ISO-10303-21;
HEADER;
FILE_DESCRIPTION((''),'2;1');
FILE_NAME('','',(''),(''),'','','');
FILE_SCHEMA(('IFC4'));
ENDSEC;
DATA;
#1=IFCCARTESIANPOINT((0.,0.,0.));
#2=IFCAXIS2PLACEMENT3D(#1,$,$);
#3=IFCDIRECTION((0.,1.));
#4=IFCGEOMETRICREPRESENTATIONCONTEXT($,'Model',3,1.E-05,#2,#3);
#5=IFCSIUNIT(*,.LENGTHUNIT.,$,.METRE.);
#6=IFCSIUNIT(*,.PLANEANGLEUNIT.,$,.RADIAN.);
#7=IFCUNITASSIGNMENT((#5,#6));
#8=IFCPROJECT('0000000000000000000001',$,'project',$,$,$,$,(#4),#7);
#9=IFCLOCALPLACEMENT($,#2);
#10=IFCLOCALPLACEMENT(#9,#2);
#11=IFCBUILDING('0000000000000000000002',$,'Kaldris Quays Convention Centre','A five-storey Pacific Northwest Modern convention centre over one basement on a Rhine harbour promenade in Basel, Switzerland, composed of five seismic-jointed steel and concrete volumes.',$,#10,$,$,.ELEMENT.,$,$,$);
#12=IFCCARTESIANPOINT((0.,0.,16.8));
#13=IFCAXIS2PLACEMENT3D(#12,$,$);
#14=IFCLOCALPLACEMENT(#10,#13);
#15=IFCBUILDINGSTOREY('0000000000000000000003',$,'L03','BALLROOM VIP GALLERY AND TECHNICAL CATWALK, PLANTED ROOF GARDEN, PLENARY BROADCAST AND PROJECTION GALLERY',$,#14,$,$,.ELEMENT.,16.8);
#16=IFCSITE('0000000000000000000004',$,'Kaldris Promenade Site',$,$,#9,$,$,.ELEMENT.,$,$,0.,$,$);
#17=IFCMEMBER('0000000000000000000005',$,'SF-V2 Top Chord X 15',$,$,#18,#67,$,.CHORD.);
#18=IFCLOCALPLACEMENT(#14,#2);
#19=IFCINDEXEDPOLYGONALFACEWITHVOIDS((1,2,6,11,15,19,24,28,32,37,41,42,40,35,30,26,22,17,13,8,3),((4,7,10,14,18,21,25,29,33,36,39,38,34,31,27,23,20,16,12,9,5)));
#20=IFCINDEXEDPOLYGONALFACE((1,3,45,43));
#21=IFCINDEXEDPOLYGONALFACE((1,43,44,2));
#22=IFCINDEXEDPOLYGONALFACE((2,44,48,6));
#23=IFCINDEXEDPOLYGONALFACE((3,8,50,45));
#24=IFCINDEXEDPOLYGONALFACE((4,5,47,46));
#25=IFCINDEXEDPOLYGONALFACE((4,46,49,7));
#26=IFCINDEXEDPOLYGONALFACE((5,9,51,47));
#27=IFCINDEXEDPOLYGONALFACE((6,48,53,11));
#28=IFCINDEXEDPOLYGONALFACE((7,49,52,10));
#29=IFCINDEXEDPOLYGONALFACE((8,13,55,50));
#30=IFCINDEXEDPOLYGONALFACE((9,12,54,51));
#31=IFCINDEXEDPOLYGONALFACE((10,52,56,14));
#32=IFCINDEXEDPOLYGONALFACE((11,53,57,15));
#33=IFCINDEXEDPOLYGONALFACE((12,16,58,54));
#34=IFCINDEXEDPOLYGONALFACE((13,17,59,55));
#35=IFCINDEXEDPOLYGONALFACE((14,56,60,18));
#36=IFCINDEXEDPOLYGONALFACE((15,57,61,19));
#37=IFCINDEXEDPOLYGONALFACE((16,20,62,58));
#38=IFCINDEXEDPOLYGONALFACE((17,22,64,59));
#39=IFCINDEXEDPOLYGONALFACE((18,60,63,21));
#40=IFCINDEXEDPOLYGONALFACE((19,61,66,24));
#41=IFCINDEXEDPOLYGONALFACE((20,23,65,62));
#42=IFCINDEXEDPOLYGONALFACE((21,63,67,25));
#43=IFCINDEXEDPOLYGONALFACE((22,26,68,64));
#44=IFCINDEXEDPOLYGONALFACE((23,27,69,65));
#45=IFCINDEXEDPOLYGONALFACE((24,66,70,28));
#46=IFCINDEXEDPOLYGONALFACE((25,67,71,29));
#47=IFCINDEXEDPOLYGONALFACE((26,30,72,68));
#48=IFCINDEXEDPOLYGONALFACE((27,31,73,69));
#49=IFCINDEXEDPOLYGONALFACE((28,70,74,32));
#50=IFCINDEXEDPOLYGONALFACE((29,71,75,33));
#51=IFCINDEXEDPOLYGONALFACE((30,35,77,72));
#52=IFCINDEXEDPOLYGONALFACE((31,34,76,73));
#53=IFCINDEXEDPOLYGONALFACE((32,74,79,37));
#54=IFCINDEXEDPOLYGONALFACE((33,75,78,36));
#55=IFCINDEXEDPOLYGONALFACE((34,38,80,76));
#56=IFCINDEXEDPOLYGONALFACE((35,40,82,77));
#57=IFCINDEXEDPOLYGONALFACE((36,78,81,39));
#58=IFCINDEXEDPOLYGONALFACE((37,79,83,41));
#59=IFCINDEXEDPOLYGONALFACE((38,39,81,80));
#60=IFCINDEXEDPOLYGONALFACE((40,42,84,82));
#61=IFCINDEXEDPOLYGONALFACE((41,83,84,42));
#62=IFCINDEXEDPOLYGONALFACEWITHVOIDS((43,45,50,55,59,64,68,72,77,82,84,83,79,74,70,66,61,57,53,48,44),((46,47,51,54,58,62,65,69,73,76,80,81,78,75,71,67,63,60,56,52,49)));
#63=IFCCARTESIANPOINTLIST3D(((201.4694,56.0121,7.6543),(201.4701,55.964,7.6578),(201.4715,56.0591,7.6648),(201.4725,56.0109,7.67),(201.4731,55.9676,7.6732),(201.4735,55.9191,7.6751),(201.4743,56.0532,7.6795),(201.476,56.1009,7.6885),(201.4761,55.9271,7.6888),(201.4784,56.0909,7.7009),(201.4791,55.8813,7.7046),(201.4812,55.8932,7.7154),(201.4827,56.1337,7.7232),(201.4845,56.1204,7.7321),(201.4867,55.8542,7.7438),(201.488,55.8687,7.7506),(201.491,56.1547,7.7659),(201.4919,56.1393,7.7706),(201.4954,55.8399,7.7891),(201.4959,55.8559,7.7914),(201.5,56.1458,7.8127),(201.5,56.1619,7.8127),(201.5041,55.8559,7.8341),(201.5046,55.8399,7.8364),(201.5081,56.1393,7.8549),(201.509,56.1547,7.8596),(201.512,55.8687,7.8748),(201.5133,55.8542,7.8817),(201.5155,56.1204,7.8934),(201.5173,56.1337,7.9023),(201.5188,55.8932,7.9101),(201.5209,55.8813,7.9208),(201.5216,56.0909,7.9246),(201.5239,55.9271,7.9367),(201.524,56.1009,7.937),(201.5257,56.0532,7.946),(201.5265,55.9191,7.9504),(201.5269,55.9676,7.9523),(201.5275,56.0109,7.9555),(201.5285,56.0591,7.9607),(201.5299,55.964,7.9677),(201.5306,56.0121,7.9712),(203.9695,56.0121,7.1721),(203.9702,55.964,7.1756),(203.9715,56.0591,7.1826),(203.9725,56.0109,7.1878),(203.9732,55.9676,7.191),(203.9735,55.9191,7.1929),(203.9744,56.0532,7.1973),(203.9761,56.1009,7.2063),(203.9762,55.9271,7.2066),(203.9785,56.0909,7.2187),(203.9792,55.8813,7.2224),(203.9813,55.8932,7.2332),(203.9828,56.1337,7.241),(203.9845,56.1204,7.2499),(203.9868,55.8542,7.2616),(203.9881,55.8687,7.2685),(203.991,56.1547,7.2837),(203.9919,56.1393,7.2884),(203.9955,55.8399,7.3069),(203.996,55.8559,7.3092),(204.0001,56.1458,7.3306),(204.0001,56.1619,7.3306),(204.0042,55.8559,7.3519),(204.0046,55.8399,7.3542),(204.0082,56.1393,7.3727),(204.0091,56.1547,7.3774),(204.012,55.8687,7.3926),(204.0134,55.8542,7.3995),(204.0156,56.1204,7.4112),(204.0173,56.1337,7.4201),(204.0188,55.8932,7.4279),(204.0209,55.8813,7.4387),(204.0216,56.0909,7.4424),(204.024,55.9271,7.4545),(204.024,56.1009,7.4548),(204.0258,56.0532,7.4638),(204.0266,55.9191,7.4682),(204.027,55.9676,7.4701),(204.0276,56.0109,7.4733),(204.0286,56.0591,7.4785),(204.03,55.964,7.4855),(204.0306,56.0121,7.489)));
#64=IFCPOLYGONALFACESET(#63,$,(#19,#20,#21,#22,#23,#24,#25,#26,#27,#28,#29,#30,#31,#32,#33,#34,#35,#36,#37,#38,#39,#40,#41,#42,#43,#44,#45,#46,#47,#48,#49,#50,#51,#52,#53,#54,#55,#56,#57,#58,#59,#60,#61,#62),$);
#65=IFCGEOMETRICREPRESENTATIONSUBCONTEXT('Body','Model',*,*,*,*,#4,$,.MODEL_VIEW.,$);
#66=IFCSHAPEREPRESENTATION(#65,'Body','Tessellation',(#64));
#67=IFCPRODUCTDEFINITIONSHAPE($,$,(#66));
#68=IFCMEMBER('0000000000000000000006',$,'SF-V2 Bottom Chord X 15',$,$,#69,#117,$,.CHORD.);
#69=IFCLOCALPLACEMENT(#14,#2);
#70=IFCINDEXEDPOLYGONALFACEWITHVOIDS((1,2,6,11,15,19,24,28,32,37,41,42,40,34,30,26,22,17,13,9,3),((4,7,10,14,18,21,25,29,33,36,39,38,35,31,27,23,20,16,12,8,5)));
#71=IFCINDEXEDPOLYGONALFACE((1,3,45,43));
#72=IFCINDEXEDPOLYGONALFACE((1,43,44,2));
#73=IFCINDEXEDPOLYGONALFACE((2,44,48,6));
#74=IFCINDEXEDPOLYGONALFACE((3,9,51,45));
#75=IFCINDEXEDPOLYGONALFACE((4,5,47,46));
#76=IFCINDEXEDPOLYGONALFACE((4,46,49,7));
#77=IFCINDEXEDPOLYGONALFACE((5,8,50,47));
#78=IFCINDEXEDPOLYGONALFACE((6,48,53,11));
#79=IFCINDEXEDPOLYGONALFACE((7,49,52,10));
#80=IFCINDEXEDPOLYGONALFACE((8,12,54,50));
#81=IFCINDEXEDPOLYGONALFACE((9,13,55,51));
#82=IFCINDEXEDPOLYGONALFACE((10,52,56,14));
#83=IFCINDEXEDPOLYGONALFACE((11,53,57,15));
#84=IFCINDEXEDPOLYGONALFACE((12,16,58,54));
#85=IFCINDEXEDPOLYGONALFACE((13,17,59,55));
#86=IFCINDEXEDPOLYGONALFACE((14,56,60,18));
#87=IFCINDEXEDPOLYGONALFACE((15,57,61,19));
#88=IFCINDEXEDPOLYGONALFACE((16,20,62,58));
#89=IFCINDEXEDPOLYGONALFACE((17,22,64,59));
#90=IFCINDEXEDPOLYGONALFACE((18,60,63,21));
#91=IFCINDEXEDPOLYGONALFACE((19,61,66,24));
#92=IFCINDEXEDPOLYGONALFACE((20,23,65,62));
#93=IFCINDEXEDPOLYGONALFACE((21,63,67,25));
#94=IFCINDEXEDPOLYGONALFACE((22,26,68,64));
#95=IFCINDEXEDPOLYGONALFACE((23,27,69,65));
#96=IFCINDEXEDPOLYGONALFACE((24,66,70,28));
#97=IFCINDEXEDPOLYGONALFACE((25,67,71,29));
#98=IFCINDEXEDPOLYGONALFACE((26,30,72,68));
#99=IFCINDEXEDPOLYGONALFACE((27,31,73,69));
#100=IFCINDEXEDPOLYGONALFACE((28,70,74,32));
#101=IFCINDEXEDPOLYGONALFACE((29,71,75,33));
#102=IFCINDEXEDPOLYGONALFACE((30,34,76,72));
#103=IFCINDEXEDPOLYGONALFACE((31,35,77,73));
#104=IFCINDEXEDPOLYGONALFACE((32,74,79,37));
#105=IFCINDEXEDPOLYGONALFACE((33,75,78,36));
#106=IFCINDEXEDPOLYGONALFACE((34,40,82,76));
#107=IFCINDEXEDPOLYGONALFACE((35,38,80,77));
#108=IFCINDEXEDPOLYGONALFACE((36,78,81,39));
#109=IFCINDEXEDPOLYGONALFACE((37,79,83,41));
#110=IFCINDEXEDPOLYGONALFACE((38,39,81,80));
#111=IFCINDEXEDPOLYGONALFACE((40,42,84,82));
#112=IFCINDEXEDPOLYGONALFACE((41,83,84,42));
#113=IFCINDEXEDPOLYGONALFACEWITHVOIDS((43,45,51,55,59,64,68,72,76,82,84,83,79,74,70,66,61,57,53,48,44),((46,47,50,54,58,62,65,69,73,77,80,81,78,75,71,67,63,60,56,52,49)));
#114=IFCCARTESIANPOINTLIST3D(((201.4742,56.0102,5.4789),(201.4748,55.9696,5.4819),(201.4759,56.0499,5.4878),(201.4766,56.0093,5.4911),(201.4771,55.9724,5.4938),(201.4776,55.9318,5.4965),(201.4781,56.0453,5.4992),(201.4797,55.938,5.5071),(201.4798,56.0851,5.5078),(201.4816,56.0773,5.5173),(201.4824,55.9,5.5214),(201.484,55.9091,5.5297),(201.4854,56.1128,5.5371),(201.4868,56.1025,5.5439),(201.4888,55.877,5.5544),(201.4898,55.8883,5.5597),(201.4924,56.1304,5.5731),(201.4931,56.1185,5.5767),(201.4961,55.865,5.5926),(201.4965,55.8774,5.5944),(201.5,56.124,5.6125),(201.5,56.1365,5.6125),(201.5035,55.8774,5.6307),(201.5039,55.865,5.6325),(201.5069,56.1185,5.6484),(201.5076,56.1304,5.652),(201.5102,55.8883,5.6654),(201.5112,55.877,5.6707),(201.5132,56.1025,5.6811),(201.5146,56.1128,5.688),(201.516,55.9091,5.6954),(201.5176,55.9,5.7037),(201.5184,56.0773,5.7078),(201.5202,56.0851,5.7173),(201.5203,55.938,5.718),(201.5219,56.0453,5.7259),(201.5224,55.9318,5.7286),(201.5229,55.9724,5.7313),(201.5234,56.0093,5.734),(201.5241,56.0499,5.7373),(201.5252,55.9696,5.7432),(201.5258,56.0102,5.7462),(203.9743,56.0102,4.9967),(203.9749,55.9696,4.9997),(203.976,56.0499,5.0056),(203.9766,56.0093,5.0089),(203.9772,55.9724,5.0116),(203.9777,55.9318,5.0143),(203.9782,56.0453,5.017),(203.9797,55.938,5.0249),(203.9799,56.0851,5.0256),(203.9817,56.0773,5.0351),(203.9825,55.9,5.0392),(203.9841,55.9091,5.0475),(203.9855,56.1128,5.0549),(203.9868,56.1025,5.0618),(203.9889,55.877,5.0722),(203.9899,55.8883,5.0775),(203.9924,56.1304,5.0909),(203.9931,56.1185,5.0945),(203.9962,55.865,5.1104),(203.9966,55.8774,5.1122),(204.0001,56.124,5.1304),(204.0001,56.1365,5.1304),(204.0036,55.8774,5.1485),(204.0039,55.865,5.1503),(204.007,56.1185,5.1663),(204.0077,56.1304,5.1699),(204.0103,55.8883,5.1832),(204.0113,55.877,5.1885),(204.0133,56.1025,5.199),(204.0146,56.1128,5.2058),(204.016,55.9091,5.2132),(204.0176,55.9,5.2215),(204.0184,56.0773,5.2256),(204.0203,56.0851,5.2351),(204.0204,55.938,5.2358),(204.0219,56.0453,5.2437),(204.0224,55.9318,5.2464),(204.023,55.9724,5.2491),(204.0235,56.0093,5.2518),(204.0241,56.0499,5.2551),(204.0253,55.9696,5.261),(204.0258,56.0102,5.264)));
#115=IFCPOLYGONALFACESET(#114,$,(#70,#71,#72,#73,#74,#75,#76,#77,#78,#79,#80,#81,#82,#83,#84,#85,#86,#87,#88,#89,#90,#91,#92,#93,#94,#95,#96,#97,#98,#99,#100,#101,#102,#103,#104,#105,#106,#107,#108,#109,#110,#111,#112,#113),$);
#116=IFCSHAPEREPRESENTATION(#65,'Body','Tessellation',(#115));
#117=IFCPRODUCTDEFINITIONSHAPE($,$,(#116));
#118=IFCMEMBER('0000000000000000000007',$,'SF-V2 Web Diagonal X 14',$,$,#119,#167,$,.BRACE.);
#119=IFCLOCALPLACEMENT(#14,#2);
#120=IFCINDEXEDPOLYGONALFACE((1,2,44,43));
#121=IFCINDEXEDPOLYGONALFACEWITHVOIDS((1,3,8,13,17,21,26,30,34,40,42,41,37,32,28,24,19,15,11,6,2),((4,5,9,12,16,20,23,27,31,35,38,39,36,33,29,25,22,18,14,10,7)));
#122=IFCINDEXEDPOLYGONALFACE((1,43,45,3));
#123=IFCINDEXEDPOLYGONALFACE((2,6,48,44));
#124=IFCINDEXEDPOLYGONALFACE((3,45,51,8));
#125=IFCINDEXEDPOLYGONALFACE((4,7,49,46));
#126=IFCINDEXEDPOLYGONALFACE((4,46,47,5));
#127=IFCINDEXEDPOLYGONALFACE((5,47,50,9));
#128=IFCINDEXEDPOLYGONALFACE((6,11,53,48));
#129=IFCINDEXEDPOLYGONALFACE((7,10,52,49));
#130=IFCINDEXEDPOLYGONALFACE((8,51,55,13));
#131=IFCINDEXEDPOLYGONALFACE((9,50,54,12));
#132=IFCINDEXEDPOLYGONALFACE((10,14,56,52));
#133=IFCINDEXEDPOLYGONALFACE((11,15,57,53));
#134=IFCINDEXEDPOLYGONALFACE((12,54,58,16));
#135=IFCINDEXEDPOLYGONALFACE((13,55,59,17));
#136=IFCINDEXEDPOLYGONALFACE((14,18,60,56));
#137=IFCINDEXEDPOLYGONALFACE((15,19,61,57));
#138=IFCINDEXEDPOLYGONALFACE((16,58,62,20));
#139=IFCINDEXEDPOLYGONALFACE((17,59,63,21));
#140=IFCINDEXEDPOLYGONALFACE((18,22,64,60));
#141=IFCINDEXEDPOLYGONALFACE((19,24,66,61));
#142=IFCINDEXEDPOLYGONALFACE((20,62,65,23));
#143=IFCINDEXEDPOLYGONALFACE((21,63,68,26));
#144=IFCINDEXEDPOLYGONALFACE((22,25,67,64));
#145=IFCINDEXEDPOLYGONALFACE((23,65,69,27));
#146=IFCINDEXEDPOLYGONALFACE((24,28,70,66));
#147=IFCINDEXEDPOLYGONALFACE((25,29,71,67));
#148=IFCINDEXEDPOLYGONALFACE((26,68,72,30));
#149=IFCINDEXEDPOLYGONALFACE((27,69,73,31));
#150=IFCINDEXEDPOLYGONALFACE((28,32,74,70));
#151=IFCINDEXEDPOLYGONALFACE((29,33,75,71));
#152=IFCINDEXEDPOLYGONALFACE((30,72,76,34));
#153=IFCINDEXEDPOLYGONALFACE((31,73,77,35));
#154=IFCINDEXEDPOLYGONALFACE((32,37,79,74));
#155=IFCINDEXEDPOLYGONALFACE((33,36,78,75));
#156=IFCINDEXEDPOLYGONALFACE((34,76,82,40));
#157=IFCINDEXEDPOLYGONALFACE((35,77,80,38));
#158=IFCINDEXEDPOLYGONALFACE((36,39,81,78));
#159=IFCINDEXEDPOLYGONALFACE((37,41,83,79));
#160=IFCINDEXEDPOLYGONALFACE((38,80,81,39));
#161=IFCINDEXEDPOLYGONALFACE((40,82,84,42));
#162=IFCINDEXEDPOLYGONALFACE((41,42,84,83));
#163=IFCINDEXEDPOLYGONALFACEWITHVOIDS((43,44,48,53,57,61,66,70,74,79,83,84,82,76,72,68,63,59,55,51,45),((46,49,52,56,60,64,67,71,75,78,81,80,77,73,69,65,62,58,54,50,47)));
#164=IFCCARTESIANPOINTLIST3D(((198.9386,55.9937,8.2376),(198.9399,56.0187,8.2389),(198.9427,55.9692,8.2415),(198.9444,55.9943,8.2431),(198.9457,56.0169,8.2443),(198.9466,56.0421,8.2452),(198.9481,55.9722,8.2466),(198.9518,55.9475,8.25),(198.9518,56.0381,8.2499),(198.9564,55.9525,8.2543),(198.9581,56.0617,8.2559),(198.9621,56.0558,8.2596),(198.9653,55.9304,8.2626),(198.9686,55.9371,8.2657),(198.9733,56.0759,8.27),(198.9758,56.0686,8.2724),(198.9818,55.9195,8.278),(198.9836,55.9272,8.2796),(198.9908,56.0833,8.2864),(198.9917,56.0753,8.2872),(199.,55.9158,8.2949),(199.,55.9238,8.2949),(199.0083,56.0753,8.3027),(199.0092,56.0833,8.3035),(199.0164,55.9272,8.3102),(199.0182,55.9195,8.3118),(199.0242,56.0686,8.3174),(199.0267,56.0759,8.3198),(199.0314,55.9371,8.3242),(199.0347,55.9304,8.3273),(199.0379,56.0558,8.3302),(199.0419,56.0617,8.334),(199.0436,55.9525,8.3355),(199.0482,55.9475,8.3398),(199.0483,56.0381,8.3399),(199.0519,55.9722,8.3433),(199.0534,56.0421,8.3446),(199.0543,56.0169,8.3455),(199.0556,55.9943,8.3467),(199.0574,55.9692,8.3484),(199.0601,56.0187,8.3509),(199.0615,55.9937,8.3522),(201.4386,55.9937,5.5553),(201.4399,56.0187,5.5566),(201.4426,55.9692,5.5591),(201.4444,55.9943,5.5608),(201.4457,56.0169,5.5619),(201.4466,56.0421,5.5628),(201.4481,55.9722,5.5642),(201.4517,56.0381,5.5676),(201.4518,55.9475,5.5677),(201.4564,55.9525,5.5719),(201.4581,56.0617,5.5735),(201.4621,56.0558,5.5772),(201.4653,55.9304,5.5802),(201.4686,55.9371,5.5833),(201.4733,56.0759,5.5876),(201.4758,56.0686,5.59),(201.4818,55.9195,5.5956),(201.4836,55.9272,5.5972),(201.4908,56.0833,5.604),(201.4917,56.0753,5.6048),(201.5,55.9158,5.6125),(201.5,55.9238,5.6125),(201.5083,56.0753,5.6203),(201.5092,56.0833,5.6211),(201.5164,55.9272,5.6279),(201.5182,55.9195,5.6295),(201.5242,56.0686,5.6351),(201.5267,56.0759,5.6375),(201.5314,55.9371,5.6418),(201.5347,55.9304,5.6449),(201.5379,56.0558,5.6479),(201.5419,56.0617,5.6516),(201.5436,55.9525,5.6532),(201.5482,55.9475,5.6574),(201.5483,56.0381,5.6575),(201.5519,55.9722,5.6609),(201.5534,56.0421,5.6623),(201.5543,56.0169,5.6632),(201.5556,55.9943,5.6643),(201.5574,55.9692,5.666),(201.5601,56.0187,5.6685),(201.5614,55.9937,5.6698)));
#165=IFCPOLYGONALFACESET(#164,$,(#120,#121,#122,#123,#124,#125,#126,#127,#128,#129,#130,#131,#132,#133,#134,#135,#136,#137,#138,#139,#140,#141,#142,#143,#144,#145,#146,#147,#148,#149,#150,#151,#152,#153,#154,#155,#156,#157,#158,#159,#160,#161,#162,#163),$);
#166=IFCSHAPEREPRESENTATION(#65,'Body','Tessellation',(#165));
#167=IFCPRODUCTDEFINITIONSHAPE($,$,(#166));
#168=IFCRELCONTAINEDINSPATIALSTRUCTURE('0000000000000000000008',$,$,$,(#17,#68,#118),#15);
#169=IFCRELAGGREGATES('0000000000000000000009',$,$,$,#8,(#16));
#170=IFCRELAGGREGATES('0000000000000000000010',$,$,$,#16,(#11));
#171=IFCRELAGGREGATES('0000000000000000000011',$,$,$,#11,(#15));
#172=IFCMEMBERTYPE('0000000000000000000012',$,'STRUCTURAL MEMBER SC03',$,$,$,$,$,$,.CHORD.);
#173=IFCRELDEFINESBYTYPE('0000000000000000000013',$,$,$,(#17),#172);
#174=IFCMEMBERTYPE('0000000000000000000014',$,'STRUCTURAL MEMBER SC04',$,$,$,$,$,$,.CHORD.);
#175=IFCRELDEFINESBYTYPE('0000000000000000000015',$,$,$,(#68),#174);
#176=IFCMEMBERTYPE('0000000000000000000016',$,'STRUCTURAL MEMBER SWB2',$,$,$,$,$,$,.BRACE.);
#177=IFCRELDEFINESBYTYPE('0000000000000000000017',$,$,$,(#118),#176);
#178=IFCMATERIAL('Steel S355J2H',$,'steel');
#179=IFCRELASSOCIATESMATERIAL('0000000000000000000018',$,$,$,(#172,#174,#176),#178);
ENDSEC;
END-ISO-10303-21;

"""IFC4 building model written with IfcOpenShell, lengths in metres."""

from ifc_helpers import new_model, si_unit, direction, frame, origin, origin_2d, place, context, subcontext, project, spatial, hollow_circle, extrude, material, material_profile, profile_set, type_object, element, save


model = new_model("IFC4")

# Units and contexts
model_context = context("Model", 3, precision=1e-05, world=origin(), true_north=direction((0.0, 1.0)))
body_context = subcontext(model_context, "Body", "Model", "MODEL_VIEW")
ifc_project = project(units=[si_unit("LENGTHUNIT", "METRE"), si_unit("PLANEANGLEUNIT", "RADIAN")], contexts=[model_context])

# Site, building, storey
site_placement = place(None, origin())
site = spatial("IfcSite", under=ifc_project, at=site_placement, Name="Kaldris Promenade Site", CompositionType="ELEMENT", RefElevation=0.0)
building_placement = place(site_placement, origin())
building = spatial("IfcBuilding", under=site, at=building_placement, Name="Kaldris Quays Convention Centre", Description="A five-storey Pacific Northwest Modern convention centre over one basement on a Rhine harbour promenade in Basel, Switzerland, composed of five seismic-jointed steel and concrete volumes.", CompositionType="ELEMENT")
storey_placement = place(building_placement, frame((0.0, 0.0, 16.8)))
storey = spatial("IfcBuildingStorey", under=building, at=storey_placement, Name="L03", Description="BALLROOM VIP GALLERY AND TECHNICAL CATWALK, PLANTED ROOF GARDEN, PLENARY BROADCAST AND PROJECTION GALLERY", CompositionType="ELEMENT", Elevation=16.8)

# Members
ifc_material_1 = material(Name="Steel S355J2H", Category="steel")
ifc_material_profile_1 = material_profile(ifc_material_1, hollow_circle(Radius=0.1619, WallThickness=0.0161, at=origin_2d()), Name="CHS 323.9x16")
ifc_profile_set_1 = profile_set([ifc_material_profile_1], Name="Steel S355J2H")
member_type_1 = type_object("IfcMemberType", Name="STRUCTURAL MEMBER SC03", PredefinedType="CHORD", material=ifc_profile_set_1)
member_1_placement = place(storey_placement, frame((201.5, 56.0, 7.8127), z_axis=(0.981904, 0.0, -0.189381), x_axis=(0.0, 1.0, 0.0)))
element("IfcMember", 1, at=member_1_placement, inside=storey, type_object=member_type_1, Name="SF-V2 Top Chord X 15", PredefinedType="CHORD", context=body_context, shape_type="SweptSolid", body=[
    extrude(hollow_circle(Radius=0.1619, WallThickness=0.0161, at=origin_2d()), origin(), (0.0, 0.0, 1.0), 2.5461),
])
ifc_material_profile_2 = material_profile(ifc_material_1, hollow_circle(Radius=0.1365, WallThickness=0.0125, at=origin_2d()), Name="CHS 273x12.5")
ifc_profile_set_2 = profile_set([ifc_material_profile_2], Name="Steel S355J2H")
member_type_2 = type_object("IfcMemberType", Name="STRUCTURAL MEMBER SC04", PredefinedType="CHORD", material=ifc_profile_set_2)
member_2_placement = place(storey_placement, frame((201.5, 56.0, 5.6125), z_axis=(0.981904, 0.0, -0.189381), x_axis=(0.0, 1.0, 0.0)))
element("IfcMember", 2, at=member_2_placement, inside=storey, type_object=member_type_2, Name="SF-V2 Bottom Chord X 15", PredefinedType="CHORD", context=body_context, shape_type="SweptSolid", body=[
    extrude(hollow_circle(Radius=0.1365, WallThickness=0.0125, at=origin_2d()), origin(), (0.0, 0.0, 1.0), 2.5461),
])
ifc_material_profile_3 = material_profile(ifc_material_1, hollow_circle(Radius=0.0842, WallThickness=0.0081, at=origin_2d()), Name="CHS 168.3x8")
ifc_profile_set_3 = profile_set([ifc_material_profile_3], Name="Steel S355J2H")
member_type_3 = type_object("IfcMemberType", Name="STRUCTURAL MEMBER SWB2", PredefinedType="BRACE", material=ifc_profile_set_3)
member_3_placement = place(storey_placement, frame((201.5, 56.0, 5.6125), z_axis=(-0.681801, 0.0, 0.731538), x_axis=(0.0, -1.0, 0.0)))
element("IfcMember", 3, at=member_3_placement, inside=storey, type_object=member_type_3, Name="SF-V2 Web Diagonal X 14", PredefinedType="BRACE", context=body_context, shape_type="SweptSolid", body=[
    extrude(hollow_circle(Radius=0.0842, WallThickness=0.0081, at=origin_2d()), origin(), (0.0, 0.0, 1.0), 3.6667),
])

save(model, "model.ifc")
